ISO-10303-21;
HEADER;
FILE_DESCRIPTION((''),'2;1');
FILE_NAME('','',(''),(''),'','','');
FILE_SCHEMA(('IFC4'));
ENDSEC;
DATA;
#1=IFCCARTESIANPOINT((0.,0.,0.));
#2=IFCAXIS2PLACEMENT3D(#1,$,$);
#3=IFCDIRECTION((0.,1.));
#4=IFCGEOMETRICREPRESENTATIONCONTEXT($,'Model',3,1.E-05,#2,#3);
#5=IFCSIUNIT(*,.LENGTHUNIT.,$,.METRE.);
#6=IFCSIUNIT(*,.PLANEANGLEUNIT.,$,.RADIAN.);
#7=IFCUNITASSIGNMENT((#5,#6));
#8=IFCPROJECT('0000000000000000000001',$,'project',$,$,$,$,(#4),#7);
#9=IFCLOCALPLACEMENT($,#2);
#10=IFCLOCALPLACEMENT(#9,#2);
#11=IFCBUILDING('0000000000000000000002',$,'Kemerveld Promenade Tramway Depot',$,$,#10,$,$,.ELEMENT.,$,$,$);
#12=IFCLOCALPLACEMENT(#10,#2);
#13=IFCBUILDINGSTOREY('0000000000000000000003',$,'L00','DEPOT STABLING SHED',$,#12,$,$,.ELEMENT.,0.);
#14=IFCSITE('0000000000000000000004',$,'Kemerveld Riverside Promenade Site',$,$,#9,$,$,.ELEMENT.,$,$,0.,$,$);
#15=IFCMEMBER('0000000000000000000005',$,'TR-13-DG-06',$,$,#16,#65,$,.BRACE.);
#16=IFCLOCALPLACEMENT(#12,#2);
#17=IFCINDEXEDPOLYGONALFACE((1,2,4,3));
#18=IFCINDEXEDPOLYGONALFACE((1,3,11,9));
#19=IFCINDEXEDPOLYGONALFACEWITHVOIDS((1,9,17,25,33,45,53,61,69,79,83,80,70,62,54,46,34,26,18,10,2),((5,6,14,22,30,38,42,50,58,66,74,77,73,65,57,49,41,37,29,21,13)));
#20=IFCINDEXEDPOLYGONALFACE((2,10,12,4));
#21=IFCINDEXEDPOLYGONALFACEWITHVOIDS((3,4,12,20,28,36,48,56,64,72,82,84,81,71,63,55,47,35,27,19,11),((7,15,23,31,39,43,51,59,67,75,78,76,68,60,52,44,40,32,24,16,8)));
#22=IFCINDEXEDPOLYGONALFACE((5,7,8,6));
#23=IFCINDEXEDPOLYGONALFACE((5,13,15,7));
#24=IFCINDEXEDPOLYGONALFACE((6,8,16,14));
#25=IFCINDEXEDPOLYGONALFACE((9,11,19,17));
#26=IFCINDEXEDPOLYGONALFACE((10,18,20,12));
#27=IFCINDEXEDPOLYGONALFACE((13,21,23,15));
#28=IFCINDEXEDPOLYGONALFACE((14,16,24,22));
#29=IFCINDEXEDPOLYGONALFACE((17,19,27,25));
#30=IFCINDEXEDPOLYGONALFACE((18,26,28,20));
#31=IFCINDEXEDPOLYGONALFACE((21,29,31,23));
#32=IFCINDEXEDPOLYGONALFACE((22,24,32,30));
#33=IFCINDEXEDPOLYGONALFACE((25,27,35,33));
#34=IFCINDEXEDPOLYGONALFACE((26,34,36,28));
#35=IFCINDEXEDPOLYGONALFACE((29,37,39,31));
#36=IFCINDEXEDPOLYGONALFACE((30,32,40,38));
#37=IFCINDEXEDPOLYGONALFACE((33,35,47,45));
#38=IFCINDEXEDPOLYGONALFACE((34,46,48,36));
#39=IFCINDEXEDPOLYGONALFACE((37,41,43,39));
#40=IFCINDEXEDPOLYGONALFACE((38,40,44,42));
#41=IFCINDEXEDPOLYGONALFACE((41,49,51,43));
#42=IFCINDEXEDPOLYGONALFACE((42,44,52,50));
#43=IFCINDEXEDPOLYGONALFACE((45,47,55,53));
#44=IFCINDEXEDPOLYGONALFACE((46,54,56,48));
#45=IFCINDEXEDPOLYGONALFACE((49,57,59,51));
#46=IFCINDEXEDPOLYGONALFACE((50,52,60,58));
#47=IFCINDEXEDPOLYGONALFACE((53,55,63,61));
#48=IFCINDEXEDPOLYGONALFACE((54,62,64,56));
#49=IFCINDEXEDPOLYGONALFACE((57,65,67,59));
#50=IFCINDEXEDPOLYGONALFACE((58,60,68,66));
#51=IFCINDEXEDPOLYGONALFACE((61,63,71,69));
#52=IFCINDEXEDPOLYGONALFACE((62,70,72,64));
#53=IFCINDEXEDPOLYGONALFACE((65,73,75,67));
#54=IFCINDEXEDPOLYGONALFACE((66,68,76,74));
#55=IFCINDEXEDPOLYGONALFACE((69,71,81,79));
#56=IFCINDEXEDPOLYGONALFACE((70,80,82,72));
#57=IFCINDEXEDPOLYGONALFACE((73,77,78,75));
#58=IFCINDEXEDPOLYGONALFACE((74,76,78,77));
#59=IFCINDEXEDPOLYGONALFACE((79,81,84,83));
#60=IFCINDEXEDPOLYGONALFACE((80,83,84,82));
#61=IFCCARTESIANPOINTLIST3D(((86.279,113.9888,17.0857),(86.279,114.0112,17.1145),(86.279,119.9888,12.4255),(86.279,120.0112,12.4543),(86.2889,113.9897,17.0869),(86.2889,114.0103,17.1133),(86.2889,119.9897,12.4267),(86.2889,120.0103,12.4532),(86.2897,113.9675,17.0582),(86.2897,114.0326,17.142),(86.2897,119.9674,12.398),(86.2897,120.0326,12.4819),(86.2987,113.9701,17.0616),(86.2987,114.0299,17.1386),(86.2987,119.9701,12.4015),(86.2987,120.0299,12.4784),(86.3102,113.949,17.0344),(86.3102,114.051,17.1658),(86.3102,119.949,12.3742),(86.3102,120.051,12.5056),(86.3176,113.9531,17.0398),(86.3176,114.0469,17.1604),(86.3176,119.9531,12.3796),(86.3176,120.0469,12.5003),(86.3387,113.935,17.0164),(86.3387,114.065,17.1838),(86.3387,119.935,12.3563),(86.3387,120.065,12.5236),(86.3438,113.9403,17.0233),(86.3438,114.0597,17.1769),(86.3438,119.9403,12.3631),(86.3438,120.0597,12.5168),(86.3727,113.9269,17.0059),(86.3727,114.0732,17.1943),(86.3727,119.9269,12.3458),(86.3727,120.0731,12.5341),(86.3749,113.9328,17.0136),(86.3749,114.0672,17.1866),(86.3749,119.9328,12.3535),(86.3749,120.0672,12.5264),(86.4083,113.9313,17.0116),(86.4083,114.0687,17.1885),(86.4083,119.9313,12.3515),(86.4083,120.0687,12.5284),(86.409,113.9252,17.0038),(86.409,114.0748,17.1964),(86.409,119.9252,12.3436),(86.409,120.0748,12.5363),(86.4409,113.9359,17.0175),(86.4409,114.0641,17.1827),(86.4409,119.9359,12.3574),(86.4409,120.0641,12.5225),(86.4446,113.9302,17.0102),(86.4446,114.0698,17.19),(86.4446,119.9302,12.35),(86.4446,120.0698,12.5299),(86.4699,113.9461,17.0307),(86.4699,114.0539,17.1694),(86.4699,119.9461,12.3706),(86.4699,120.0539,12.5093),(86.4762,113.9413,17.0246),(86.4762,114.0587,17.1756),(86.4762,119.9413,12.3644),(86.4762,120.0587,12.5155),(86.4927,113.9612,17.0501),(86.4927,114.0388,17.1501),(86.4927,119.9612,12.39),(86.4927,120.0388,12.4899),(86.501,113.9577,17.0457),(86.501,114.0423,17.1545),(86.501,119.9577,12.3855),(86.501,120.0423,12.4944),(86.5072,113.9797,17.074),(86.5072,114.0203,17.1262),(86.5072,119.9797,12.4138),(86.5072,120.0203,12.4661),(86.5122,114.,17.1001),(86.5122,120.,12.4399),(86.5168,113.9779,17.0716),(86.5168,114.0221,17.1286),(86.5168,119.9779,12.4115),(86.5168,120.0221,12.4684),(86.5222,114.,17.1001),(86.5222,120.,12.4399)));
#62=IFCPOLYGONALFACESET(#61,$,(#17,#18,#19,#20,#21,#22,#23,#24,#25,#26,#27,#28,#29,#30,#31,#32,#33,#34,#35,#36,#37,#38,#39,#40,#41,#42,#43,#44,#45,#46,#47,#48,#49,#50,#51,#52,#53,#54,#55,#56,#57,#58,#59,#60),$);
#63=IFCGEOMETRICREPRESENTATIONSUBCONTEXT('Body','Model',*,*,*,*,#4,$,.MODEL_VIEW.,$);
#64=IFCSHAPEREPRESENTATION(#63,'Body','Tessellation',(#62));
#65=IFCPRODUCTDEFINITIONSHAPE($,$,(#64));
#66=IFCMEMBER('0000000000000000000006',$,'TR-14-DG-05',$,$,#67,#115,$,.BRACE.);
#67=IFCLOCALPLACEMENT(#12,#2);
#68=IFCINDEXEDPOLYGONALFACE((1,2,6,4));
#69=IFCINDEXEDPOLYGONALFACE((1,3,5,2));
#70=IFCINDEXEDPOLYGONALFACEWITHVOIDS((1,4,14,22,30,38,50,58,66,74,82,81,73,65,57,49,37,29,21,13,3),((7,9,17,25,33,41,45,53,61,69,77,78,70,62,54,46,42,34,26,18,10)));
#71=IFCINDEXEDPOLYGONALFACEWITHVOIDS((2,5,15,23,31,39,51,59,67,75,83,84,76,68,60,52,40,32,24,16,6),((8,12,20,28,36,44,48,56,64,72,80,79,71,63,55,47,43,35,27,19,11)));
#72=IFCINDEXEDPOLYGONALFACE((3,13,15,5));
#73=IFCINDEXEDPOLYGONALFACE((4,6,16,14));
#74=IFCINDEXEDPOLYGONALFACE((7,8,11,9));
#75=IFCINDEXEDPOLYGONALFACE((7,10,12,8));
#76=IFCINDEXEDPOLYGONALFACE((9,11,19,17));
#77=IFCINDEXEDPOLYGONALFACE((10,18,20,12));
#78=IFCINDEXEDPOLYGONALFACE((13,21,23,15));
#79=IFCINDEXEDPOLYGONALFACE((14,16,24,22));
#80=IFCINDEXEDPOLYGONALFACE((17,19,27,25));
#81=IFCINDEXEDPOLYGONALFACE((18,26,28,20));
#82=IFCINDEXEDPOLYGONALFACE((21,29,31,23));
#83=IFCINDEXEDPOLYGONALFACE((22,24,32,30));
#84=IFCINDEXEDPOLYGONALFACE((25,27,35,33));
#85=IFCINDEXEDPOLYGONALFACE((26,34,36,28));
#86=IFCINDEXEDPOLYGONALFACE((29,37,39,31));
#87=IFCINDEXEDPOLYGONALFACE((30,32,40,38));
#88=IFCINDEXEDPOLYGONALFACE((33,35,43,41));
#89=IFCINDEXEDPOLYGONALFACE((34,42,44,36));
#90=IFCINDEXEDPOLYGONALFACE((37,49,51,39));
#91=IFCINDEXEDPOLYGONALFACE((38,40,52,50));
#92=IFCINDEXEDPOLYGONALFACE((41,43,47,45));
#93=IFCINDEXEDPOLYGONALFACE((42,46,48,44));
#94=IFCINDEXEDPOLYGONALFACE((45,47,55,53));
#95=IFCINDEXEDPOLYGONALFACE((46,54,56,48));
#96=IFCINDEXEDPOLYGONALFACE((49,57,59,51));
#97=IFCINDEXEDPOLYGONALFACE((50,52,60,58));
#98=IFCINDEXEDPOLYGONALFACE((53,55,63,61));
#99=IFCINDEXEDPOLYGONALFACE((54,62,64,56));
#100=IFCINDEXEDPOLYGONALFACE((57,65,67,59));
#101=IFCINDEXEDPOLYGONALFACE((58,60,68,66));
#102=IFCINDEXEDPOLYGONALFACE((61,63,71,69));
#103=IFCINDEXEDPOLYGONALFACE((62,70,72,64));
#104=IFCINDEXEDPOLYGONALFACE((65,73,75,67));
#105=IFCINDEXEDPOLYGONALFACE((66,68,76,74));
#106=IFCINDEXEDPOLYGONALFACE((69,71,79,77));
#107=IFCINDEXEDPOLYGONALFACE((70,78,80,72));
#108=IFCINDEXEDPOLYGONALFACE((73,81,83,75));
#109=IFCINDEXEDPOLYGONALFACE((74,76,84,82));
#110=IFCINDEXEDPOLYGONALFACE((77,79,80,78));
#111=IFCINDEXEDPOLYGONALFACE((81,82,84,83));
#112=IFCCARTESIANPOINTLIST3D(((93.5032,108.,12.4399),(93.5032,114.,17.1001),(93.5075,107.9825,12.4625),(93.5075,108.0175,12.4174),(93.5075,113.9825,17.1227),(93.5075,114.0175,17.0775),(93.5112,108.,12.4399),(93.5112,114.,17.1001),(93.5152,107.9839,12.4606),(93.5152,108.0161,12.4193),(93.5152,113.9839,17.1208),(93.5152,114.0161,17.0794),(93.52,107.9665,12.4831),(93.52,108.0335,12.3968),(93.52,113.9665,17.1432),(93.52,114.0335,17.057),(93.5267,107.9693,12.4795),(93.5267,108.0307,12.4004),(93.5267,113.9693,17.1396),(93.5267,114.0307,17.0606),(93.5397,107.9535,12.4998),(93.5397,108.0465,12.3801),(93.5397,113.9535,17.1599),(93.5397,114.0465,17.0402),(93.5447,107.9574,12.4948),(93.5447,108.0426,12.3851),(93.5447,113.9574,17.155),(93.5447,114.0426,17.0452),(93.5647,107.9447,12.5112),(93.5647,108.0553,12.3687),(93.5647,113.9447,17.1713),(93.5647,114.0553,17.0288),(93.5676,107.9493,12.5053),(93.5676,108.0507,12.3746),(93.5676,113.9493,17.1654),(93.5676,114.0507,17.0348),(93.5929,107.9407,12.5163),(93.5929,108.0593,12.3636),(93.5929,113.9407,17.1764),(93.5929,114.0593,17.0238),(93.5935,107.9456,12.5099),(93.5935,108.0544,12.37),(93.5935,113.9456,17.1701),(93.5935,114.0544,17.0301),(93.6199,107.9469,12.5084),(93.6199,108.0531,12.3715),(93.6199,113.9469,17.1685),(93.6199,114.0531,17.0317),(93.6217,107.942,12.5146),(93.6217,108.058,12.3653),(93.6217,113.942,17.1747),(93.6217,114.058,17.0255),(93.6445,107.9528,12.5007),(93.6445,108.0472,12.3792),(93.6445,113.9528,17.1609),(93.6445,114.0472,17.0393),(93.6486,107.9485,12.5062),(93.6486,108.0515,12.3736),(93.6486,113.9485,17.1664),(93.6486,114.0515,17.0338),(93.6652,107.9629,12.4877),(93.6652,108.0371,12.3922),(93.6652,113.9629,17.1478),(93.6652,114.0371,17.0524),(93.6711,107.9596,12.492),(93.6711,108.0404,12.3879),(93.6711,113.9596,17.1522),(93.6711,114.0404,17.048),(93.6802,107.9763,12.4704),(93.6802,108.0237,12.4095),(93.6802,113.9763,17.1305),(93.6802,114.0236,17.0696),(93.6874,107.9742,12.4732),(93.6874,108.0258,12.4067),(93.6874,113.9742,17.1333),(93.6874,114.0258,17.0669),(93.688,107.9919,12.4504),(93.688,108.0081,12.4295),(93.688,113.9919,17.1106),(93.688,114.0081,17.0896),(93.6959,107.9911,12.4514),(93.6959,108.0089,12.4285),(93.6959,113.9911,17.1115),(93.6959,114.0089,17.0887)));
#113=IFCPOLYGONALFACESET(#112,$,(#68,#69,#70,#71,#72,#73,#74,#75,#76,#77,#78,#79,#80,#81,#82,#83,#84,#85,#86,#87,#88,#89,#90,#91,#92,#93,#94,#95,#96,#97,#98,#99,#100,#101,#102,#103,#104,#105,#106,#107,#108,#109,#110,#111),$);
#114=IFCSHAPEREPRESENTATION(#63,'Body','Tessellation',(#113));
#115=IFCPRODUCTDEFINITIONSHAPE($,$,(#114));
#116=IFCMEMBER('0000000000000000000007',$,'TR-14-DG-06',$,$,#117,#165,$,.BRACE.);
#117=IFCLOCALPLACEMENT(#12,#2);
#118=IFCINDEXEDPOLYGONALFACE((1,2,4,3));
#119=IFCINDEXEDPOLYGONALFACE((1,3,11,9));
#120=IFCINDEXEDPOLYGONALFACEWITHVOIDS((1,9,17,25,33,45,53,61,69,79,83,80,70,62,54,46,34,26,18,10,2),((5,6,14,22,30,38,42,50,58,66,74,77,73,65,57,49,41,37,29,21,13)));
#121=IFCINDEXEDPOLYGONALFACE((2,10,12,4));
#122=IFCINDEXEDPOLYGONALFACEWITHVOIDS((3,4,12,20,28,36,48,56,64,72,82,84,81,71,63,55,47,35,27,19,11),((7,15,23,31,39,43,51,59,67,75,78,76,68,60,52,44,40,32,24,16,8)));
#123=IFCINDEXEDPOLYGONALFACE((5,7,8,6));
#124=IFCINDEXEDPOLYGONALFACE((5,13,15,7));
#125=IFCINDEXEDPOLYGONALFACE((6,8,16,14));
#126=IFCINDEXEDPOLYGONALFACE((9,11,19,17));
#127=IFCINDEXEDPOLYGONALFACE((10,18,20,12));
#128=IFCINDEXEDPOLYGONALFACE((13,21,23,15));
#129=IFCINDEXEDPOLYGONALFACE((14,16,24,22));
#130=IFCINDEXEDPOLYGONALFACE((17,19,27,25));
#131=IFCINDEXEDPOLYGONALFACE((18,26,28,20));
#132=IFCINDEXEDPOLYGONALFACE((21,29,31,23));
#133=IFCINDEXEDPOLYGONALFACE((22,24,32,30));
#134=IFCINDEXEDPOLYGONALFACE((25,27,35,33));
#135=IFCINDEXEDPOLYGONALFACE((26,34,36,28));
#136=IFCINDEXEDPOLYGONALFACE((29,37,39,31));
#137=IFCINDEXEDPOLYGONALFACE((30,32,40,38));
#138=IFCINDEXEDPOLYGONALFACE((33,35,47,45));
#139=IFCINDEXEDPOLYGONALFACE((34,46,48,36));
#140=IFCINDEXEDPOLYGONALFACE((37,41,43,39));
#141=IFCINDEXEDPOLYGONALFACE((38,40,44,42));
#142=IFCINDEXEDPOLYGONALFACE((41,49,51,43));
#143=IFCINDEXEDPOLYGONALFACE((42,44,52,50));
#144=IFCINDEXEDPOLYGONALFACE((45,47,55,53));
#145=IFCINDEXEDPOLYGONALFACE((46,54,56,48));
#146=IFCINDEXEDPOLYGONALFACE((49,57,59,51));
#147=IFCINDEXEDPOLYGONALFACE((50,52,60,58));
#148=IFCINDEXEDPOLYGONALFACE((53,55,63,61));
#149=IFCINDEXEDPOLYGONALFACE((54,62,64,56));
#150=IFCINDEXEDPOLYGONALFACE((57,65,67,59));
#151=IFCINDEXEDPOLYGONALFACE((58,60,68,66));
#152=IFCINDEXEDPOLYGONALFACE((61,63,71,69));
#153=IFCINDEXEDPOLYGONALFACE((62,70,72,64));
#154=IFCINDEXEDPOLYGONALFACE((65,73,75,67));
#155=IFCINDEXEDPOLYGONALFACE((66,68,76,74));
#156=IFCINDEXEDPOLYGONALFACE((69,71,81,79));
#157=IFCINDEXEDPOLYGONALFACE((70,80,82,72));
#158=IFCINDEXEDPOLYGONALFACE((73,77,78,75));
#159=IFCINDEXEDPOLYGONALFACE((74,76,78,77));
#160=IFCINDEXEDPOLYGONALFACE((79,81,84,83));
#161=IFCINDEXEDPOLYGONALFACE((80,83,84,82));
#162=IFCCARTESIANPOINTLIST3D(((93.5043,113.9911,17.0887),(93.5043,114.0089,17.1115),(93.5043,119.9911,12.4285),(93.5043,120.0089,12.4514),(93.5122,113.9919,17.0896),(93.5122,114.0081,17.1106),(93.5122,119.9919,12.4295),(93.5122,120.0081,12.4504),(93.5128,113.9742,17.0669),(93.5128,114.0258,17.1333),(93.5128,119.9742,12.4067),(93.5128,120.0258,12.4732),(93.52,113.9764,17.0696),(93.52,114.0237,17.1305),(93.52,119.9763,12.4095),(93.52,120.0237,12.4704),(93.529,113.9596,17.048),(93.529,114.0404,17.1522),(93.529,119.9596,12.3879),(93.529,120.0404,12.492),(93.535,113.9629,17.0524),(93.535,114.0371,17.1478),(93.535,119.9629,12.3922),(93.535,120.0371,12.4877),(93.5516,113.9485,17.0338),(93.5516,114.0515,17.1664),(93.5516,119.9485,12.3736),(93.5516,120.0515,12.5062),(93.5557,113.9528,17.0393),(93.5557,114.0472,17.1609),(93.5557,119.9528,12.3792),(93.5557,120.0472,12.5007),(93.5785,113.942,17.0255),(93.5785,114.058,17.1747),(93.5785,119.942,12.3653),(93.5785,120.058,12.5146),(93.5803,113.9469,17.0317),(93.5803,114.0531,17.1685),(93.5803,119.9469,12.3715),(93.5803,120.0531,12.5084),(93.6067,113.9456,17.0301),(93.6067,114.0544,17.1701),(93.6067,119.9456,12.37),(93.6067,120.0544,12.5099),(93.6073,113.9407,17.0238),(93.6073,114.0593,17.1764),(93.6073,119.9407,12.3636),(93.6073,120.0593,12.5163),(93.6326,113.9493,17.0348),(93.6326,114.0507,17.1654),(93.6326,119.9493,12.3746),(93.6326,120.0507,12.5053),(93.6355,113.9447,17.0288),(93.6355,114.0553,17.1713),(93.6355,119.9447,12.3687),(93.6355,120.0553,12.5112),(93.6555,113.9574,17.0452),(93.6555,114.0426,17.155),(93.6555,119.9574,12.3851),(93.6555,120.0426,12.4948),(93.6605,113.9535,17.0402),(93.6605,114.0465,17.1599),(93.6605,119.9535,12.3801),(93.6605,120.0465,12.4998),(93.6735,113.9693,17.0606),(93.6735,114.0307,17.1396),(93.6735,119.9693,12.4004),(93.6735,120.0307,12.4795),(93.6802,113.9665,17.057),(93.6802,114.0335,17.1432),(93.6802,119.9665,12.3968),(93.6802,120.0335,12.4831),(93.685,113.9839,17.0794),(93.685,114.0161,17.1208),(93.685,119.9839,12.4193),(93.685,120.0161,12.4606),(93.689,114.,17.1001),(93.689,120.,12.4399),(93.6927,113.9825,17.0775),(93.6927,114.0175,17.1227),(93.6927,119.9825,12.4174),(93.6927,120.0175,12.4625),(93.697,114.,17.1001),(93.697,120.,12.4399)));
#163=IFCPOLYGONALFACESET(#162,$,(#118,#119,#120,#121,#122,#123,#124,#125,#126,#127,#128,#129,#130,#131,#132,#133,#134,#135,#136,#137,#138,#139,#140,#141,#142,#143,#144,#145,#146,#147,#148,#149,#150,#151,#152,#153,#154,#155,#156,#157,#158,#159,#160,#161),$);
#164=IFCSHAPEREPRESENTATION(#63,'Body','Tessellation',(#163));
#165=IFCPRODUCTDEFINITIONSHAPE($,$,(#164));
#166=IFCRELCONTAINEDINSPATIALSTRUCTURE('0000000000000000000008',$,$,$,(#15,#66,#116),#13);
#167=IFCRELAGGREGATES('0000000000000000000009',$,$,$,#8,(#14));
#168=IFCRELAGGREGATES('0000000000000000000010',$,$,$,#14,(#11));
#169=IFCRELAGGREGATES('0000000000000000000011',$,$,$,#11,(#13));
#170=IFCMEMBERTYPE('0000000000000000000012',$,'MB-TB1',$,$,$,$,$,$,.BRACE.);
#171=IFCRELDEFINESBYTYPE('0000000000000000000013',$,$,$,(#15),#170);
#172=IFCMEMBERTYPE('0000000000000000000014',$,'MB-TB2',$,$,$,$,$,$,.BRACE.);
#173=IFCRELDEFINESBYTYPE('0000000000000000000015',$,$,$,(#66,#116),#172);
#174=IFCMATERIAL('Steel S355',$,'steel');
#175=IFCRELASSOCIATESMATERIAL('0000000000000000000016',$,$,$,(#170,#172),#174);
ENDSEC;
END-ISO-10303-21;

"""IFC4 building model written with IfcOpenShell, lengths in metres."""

from ifc_helpers import new_model, si_unit, direction, frame, origin, origin_2d, place, context, subcontext, project, spatial, hollow_circle, extrude, material, material_profile, profile_set, type_object, element, save


model = new_model("IFC4")

# Units and contexts
model_context = context("Model", 3, precision=1e-05, world=origin(), true_north=direction((0.0, 1.0)))
body_context = subcontext(model_context, "Body", "Model", "MODEL_VIEW")
ifc_project = project(units=[si_unit("LENGTHUNIT", "METRE"), si_unit("PLANEANGLEUNIT", "RADIAN")], contexts=[model_context])

# Site, building, storey
site_placement = place(None, origin())
site = spatial("IfcSite", under=ifc_project, at=site_placement, Name="Kemerveld Riverside Promenade Site", CompositionType="ELEMENT", RefElevation=0.0)
building_placement = place(site_placement, origin())
building = spatial("IfcBuilding", under=site, at=building_placement, Name="Kemerveld Promenade Tramway Depot", CompositionType="ELEMENT")
storey_placement = place(building_placement, origin())
storey = spatial("IfcBuildingStorey", under=building, at=storey_placement, Name="L00", Description="DEPOT STABLING SHED", CompositionType="ELEMENT", Elevation=0.0)

# Members
ifc_material_1 = material(Name="Steel S355", Category="steel")
ifc_material_profile_1 = material_profile(ifc_material_1, hollow_circle(Radius=0.1223, WallThickness=0.01, at=origin_2d()), Name="244.5x10.0 CHS")
ifc_profile_set_1 = profile_set([ifc_material_profile_1], Name="Steel S355")
member_type_1 = type_object("IfcMemberType", Name="MB-TB1", PredefinedType="BRACE", material=ifc_profile_set_1)
for number, where, z_axis, x_axis, name in (
    (1, (86.3999, 120.0, 12.4399), (0.0, -0.789767, 0.613407), (1.0, 0.0, 0.0), "TR-13-DG-06"),
):
    element("IfcMember", number, at=place(storey_placement, frame(where, z_axis=z_axis, x_axis=x_axis)), inside=storey, type_object=member_type_1, Name=name, PredefinedType="BRACE", context=body_context, shape_type="SweptSolid", body=[
        extrude(hollow_circle(Radius=0.1223, WallThickness=0.01, at=origin_2d()), origin(), (0.0, 0.0, 1.0), 7.5972),
    ])
ifc_material_profile_2 = material_profile(ifc_material_1, hollow_circle(Radius=0.0969, WallThickness=0.0081, at=origin_2d()), Name="193.7x8.0 CHS")
ifc_profile_set_2 = profile_set([ifc_material_profile_2], Name="Steel S355")
member_type_2 = type_object("IfcMemberType", Name="MB-TB2", PredefinedType="BRACE", material=ifc_profile_set_2)
for number, where, z_axis, x_axis, name in (
    (2, (93.6001, 108.0, 12.4399), (0.0, 0.789767, 0.613407), (-1.0, 0.0, 0.0), "TR-14-DG-05"),
    (3, (93.6001, 120.0, 12.4399), (0.0, -0.789767, 0.613407), (1.0, 0.0, 0.0), "TR-14-DG-06"),
):
    element("IfcMember", number, at=place(storey_placement, frame(where, z_axis=z_axis, x_axis=x_axis)), inside=storey, type_object=member_type_2, Name=name, PredefinedType="BRACE", context=body_context, shape_type="SweptSolid", body=[
        extrude(hollow_circle(Radius=0.0969, WallThickness=0.0081, at=origin_2d()), origin(), (0.0, 0.0, 1.0), 7.5972),
    ])

save(model, "model.ifc")
